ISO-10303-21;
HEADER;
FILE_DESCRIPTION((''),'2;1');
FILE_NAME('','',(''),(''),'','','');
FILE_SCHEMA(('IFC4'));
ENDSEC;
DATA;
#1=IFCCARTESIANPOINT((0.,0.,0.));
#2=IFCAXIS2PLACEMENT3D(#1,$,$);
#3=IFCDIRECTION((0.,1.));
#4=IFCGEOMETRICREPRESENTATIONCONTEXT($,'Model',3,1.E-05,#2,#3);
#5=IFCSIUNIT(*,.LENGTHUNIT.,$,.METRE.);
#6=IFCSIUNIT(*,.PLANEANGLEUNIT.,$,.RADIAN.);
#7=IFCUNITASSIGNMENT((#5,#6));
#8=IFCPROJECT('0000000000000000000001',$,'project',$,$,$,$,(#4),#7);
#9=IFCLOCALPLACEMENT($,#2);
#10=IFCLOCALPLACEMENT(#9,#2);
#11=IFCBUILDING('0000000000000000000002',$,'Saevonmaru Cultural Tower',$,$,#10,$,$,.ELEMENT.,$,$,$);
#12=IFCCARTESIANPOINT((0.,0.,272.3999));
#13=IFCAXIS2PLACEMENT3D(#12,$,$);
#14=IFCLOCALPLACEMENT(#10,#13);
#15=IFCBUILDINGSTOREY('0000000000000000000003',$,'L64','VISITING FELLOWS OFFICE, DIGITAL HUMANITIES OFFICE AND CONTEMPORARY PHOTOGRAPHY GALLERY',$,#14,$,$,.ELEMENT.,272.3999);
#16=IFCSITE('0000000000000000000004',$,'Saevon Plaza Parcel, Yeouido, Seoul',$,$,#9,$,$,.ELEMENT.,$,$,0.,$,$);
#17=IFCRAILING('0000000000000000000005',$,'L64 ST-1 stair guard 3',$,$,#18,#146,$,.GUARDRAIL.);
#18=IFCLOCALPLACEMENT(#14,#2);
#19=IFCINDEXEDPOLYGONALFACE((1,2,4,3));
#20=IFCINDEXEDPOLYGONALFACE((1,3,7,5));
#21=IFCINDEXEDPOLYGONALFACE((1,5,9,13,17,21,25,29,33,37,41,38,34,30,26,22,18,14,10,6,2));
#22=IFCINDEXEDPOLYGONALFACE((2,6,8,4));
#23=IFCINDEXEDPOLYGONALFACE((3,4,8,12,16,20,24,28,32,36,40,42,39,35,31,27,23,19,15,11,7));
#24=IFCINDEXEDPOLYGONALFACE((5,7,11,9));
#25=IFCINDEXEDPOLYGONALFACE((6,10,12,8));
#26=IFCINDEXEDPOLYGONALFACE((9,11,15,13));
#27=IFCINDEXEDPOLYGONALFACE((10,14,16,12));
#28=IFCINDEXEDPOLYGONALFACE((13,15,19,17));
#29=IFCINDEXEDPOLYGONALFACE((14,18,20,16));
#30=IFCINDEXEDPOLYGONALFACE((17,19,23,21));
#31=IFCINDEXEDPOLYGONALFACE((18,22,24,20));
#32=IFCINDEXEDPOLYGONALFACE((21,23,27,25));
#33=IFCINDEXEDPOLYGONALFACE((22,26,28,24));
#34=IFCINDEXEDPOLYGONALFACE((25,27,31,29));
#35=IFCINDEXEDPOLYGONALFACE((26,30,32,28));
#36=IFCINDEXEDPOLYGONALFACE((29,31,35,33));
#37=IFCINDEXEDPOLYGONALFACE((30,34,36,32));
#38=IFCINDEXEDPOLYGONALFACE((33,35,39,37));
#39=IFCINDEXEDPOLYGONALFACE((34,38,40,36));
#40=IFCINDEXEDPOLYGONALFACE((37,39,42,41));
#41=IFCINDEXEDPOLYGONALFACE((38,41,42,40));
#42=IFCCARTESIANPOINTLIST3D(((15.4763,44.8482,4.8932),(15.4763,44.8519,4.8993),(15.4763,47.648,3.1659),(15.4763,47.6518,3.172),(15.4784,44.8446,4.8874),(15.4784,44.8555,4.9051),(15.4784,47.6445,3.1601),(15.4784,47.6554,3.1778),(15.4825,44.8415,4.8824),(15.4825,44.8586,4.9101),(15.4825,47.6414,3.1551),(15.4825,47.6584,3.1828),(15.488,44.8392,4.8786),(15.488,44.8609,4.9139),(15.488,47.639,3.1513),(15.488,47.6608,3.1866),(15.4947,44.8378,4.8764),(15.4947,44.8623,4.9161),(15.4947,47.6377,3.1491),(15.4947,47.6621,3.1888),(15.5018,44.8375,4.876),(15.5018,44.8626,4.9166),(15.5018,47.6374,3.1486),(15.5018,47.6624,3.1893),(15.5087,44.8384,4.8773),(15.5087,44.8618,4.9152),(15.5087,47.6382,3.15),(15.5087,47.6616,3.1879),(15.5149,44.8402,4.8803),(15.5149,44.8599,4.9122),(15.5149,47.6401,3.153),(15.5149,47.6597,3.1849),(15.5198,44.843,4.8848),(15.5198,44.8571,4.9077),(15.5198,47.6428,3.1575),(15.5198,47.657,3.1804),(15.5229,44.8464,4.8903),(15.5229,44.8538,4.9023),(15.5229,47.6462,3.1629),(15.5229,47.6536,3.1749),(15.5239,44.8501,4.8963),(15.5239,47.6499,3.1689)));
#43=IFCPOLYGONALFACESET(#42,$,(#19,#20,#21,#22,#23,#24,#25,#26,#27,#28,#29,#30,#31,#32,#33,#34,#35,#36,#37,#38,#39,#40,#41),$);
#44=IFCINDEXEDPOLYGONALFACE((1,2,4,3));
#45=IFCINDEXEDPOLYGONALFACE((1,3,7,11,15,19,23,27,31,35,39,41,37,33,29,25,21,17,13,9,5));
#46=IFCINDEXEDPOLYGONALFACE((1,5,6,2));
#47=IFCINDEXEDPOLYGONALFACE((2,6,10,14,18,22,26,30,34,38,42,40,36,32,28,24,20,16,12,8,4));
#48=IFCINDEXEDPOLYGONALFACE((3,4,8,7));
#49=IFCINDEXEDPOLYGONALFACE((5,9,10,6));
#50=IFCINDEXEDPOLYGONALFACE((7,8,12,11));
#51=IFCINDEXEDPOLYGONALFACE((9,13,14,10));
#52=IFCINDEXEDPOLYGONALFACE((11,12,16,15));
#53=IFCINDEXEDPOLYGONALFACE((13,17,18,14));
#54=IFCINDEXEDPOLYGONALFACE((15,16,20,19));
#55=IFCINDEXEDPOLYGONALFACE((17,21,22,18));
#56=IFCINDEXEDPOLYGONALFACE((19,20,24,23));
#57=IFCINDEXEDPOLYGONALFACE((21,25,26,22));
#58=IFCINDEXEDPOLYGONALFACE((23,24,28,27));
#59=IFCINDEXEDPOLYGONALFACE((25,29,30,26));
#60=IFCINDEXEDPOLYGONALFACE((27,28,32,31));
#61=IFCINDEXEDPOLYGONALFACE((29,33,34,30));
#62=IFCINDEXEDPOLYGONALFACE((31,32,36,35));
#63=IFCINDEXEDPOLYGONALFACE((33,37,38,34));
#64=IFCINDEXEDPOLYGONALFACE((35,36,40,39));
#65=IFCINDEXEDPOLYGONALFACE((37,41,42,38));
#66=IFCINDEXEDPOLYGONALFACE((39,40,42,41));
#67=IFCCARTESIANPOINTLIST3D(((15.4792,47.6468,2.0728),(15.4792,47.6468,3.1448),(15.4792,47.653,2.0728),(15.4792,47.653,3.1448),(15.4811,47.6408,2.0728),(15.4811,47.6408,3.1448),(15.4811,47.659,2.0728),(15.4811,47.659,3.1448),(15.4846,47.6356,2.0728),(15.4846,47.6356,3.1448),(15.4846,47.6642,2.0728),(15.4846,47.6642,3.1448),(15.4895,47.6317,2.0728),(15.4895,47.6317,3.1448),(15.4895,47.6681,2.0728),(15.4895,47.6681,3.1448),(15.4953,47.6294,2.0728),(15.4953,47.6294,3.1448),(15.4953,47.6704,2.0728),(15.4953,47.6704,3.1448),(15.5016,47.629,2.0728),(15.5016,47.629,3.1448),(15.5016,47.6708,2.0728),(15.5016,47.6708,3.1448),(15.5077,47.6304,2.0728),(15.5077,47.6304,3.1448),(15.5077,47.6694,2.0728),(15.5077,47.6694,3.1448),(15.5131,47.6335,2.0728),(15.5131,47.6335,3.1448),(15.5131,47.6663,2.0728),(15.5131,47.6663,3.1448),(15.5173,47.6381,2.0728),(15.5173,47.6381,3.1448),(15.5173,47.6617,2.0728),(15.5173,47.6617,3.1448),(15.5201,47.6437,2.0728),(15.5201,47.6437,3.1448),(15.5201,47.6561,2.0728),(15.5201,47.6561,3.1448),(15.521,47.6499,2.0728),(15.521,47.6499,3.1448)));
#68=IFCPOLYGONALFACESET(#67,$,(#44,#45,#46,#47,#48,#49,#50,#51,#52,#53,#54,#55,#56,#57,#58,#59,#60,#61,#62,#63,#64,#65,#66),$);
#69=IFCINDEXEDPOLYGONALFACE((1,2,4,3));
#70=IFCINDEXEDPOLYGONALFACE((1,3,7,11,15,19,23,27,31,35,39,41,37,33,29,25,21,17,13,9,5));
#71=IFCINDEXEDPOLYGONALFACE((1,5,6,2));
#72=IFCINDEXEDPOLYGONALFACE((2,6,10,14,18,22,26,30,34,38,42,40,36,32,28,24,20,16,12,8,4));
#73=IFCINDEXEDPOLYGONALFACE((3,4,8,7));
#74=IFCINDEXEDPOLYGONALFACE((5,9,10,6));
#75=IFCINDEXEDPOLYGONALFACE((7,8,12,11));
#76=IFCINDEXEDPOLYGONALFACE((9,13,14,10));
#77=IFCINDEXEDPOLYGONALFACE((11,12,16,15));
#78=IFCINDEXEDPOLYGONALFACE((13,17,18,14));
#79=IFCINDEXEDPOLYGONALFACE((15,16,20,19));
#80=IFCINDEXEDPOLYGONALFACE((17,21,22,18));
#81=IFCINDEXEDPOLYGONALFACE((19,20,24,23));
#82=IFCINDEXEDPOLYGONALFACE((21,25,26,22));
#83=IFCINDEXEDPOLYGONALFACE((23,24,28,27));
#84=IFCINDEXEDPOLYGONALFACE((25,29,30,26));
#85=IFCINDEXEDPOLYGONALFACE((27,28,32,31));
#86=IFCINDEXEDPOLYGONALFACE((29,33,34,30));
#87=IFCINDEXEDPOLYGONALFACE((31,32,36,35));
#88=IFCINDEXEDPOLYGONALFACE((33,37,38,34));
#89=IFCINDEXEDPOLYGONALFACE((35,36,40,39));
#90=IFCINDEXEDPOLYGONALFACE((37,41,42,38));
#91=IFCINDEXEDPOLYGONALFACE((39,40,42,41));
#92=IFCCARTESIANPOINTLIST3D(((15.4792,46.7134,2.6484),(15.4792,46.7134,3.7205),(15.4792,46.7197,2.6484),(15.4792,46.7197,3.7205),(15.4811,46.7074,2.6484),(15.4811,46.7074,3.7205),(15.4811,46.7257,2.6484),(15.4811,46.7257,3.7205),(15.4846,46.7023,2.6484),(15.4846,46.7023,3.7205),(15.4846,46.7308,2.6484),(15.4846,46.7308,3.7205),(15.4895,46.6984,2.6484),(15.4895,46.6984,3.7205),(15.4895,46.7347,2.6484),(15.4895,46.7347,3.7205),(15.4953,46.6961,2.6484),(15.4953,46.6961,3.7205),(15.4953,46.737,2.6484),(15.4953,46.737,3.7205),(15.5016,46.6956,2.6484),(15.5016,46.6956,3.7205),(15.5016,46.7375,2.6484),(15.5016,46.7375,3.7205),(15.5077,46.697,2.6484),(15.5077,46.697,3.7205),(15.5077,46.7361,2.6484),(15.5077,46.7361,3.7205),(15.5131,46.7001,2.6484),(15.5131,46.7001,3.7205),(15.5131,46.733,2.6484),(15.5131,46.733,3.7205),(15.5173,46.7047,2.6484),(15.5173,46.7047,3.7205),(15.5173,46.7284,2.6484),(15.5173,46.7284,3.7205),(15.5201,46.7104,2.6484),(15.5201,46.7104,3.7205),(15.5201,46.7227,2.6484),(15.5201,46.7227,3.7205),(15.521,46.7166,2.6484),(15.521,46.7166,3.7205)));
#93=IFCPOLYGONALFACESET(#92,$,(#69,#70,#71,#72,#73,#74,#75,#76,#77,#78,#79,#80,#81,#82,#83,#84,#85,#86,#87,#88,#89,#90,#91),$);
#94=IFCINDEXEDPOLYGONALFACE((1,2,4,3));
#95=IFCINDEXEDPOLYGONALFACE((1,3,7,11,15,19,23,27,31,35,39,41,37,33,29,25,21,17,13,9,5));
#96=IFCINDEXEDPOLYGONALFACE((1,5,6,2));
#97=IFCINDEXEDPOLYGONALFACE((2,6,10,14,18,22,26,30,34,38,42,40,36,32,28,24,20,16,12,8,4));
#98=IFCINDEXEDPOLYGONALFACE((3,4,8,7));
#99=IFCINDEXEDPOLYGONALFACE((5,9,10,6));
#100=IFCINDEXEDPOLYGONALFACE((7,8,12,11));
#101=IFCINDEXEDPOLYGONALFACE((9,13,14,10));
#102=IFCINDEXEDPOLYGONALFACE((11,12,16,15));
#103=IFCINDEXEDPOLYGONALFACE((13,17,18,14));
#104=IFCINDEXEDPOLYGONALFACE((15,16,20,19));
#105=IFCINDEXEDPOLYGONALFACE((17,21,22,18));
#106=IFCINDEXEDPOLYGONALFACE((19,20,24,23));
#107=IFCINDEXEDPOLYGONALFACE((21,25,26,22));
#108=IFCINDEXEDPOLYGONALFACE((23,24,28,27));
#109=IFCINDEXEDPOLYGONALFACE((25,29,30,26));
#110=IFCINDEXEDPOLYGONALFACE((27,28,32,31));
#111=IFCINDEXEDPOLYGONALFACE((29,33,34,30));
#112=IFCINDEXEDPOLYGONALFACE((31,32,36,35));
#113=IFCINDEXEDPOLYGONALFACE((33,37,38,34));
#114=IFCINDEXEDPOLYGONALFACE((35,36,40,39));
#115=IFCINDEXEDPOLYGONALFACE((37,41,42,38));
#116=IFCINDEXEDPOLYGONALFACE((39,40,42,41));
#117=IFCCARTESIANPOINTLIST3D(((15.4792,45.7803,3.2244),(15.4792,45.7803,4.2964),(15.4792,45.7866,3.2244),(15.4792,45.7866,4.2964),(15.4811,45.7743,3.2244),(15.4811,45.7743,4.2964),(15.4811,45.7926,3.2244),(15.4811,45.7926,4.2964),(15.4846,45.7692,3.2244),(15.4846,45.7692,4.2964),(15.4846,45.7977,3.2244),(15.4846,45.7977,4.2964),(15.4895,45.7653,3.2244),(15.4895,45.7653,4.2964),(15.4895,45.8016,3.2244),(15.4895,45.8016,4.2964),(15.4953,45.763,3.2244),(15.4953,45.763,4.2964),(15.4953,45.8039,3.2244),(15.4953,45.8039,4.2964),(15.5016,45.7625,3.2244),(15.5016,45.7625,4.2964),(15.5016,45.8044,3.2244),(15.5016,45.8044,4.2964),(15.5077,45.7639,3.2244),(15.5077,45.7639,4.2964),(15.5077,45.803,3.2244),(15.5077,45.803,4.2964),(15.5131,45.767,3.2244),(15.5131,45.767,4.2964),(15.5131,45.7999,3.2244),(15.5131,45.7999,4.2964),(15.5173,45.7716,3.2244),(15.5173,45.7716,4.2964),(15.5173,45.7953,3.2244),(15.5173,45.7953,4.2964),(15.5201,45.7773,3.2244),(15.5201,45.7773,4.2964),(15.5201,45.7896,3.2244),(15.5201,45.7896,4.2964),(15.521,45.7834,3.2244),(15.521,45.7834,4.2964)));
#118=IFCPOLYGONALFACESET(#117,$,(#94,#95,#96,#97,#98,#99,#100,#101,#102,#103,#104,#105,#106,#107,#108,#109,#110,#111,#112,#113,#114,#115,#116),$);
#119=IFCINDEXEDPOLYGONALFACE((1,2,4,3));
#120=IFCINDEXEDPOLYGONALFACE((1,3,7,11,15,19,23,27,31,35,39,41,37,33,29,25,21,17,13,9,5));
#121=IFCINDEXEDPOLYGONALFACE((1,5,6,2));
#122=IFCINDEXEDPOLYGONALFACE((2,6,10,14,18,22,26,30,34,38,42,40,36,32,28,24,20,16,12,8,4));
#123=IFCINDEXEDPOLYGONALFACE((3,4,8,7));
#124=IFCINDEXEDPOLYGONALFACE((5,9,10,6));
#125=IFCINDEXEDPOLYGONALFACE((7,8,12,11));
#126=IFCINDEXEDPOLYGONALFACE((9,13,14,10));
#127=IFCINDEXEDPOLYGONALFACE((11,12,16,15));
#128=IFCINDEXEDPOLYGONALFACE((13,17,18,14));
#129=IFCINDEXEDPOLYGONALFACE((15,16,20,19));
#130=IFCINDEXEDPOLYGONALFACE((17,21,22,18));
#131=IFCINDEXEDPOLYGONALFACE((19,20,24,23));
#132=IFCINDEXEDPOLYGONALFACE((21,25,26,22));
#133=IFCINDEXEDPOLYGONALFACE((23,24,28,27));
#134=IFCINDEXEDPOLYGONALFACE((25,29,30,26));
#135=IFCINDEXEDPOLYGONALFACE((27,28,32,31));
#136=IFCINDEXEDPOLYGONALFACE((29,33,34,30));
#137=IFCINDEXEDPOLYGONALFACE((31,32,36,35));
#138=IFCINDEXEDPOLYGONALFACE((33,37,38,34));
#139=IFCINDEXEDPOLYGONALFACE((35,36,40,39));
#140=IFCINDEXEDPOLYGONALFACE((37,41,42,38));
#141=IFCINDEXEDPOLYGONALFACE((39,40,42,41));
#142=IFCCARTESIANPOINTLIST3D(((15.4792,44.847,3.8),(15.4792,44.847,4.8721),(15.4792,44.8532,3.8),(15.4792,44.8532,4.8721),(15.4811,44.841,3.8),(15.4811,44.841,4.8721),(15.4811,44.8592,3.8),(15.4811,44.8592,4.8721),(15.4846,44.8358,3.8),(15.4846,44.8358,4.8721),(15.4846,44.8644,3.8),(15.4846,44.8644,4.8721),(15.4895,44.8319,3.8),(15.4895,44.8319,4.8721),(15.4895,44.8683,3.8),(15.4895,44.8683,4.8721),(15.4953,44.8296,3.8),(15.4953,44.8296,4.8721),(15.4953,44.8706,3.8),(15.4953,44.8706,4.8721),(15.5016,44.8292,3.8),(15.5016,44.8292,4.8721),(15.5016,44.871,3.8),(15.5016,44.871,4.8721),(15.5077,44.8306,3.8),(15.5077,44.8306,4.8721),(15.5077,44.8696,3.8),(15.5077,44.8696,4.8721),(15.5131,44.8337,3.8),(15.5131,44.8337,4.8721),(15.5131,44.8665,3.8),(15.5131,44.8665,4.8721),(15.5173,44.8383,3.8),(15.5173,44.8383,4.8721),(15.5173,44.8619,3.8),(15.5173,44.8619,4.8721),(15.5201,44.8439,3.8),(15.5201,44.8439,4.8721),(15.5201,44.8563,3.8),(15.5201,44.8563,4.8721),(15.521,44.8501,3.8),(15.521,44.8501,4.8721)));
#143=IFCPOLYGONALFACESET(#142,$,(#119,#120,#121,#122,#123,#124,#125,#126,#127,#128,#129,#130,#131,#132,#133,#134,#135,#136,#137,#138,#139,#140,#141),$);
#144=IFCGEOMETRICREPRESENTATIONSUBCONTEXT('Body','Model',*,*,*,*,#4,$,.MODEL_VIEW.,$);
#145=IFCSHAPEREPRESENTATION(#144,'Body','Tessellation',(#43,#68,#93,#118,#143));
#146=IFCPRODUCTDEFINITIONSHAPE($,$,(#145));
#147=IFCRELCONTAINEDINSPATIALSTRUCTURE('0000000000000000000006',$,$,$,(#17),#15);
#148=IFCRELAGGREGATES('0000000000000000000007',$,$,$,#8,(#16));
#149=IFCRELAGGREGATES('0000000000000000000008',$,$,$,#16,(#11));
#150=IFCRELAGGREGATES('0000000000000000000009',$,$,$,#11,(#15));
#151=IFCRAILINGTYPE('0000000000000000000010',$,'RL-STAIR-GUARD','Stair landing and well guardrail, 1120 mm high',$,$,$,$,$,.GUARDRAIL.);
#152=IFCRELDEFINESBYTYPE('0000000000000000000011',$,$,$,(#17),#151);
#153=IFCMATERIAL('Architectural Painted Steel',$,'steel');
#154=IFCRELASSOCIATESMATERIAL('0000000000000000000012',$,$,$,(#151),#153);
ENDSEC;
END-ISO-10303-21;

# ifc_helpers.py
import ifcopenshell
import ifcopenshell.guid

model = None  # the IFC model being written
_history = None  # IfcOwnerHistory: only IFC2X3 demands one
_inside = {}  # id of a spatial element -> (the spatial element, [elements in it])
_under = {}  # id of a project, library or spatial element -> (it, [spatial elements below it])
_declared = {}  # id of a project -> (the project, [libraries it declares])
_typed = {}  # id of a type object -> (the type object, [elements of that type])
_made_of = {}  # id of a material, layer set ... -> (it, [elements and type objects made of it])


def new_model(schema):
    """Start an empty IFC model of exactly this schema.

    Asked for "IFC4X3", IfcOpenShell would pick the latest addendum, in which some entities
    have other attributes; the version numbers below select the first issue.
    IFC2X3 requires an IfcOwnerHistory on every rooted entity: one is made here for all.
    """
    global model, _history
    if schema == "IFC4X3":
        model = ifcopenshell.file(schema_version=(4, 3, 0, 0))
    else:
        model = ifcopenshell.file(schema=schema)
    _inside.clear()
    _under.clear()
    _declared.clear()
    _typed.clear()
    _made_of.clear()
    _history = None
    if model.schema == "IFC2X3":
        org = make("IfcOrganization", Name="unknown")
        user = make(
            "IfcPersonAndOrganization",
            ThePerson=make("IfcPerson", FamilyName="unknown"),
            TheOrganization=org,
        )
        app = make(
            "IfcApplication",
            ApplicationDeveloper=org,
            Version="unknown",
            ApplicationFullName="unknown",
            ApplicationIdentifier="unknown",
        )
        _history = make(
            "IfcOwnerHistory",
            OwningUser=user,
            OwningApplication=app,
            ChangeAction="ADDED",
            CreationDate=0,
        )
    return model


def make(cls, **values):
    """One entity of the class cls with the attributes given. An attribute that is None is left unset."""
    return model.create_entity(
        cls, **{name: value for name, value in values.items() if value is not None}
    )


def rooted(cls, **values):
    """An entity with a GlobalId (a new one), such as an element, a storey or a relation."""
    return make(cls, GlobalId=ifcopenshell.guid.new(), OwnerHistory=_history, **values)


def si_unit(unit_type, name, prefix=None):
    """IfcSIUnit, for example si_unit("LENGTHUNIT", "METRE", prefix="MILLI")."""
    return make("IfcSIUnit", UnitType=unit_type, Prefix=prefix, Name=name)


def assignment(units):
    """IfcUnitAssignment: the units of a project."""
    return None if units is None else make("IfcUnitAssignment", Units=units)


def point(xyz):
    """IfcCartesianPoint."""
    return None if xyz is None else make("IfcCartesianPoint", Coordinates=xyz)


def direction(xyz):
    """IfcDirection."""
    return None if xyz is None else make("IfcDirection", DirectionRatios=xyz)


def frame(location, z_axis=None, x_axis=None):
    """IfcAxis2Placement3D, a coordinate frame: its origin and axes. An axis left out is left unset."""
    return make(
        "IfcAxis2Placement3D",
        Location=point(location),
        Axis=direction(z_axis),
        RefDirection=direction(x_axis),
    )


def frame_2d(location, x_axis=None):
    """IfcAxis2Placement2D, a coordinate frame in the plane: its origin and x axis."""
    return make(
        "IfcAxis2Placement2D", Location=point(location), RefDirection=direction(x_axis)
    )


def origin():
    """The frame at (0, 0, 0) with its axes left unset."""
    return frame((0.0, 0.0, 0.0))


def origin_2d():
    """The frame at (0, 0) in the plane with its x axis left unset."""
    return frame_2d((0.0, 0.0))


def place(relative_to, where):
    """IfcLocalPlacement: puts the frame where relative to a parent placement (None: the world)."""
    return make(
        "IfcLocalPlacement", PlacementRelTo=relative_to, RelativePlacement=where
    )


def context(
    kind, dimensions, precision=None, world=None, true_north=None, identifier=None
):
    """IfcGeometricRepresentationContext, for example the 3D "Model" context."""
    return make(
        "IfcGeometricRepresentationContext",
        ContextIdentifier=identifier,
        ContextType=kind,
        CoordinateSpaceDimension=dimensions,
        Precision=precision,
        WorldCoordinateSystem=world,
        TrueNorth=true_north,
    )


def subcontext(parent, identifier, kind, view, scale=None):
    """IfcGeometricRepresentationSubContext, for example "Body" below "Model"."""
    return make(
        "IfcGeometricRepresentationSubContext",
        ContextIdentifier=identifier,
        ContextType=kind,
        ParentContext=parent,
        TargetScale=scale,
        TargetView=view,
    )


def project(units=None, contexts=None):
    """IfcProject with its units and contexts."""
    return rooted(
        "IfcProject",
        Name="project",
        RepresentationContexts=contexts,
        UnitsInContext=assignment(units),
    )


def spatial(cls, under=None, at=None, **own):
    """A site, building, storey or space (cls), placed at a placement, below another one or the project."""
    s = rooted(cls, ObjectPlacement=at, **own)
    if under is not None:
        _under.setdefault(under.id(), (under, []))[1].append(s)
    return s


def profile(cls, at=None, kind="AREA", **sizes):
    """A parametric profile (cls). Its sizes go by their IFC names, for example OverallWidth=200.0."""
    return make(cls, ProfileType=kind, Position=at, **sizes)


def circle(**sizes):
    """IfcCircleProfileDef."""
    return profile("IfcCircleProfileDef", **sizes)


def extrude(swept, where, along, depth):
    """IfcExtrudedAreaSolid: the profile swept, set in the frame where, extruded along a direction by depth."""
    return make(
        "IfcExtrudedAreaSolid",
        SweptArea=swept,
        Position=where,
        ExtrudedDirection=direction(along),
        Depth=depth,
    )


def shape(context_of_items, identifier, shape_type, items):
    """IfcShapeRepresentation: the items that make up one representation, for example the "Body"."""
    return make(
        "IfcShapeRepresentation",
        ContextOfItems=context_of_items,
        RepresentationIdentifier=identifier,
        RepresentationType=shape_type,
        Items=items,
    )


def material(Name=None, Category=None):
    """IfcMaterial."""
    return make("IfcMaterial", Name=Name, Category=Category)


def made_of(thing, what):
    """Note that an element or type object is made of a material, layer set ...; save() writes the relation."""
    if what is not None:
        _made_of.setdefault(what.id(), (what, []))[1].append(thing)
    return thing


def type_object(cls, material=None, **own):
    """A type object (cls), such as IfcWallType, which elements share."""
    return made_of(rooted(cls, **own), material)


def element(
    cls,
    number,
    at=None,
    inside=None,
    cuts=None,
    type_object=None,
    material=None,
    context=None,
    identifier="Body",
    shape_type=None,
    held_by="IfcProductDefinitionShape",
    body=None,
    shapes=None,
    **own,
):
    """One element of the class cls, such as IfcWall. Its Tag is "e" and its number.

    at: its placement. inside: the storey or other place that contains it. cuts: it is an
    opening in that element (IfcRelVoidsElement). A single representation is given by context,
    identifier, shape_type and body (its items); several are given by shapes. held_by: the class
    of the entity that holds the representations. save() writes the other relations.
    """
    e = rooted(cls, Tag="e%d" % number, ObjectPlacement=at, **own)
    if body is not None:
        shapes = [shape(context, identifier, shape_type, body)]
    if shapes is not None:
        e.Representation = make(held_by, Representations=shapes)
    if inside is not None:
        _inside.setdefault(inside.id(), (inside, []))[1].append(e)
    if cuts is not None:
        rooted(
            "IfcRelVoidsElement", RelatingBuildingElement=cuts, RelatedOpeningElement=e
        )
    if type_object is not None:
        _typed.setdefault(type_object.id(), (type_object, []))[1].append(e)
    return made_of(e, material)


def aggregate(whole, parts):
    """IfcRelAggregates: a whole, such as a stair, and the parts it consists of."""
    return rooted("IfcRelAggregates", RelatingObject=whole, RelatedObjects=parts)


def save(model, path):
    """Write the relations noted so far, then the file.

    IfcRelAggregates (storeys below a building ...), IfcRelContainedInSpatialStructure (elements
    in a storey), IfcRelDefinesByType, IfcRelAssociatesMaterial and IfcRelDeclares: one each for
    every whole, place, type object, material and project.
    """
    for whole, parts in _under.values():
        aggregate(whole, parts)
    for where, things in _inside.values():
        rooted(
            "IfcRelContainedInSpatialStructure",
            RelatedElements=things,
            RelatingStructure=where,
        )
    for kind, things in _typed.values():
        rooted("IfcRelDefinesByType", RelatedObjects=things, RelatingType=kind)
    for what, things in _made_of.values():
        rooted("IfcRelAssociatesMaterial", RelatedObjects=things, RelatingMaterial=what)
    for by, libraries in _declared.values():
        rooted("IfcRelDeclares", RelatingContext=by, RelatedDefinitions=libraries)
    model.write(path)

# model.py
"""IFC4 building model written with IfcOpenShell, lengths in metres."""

from ifc_helpers import new_model, si_unit, direction, frame, origin, origin_2d, place, context, subcontext, project, spatial, circle, extrude, material, type_object, element, save


model = new_model("IFC4")

# Units and contexts
model_context = context("Model", 3, precision=1e-05, world=origin(), true_north=direction((0.0, 1.0)))
body_context = subcontext(model_context, "Body", "Model", "MODEL_VIEW")
ifc_project = project(units=[si_unit("LENGTHUNIT", "METRE"), si_unit("PLANEANGLEUNIT", "RADIAN")], contexts=[model_context])

# Site, building, storey
site_placement = place(None, origin())
site = spatial("IfcSite", under=ifc_project, at=site_placement, Name="Saevon Plaza Parcel, Yeouido, Seoul", CompositionType="ELEMENT", RefElevation=0.0)
building_placement = place(site_placement, origin())
building = spatial("IfcBuilding", under=site, at=building_placement, Name="Saevonmaru Cultural Tower", CompositionType="ELEMENT")
storey_placement = place(building_placement, frame((0.0, 0.0, 272.3999)))
storey = spatial("IfcBuildingStorey", under=building, at=storey_placement, Name="L64", Description="VISITING FELLOWS OFFICE, DIGITAL HUMANITIES OFFICE AND CONTEMPORARY PHOTOGRAPHY GALLERY", CompositionType="ELEMENT", Elevation=272.3999)

# Railing
ifc_material_1 = material(Name="Architectural Painted Steel", Category="steel")
railing_type_1 = type_object("IfcRailingType", Name="RL-STAIR-GUARD", Description="Stair landing and well guardrail, 1120 mm high", PredefinedType="GUARDRAIL", material=ifc_material_1)
railing_1_placement = place(storey_placement, frame((15.5, 47.6499, 2.0728)))
element("IfcRailing", 1, at=railing_1_placement, inside=storey, type_object=railing_type_1, Name="L64 ST-1 stair guard 3", PredefinedType="GUARDRAIL", context=body_context, shape_type="SweptSolid", body=[
    extrude(circle(Radius=0.0239, at=origin_2d()), frame((0.0, 0.0, 1.0962), z_axis=(0.0, -0.851069, 0.525054), x_axis=(1.0, 0.0, 0.0)), (0.0, 0.0, 1.0), 3.2898),
    extrude(circle(Radius=0.021, at=origin_2d()), origin(), (0.0, 0.0, 1.0), 1.072),
    extrude(circle(Radius=0.021, at=origin_2d()), frame((0.0, -0.9333, 0.5757)), (0.0, 0.0, 1.0), 1.072),
    extrude(circle(Radius=0.021, at=origin_2d()), frame((0.0, -1.8665, 1.1516)), (0.0, 0.0, 1.0), 1.072),
    extrude(circle(Radius=0.021, at=origin_2d()), frame((0.0, -2.7998, 1.7273)), (0.0, 0.0, 1.0), 1.072),
])

save(model, "model.ifc")
